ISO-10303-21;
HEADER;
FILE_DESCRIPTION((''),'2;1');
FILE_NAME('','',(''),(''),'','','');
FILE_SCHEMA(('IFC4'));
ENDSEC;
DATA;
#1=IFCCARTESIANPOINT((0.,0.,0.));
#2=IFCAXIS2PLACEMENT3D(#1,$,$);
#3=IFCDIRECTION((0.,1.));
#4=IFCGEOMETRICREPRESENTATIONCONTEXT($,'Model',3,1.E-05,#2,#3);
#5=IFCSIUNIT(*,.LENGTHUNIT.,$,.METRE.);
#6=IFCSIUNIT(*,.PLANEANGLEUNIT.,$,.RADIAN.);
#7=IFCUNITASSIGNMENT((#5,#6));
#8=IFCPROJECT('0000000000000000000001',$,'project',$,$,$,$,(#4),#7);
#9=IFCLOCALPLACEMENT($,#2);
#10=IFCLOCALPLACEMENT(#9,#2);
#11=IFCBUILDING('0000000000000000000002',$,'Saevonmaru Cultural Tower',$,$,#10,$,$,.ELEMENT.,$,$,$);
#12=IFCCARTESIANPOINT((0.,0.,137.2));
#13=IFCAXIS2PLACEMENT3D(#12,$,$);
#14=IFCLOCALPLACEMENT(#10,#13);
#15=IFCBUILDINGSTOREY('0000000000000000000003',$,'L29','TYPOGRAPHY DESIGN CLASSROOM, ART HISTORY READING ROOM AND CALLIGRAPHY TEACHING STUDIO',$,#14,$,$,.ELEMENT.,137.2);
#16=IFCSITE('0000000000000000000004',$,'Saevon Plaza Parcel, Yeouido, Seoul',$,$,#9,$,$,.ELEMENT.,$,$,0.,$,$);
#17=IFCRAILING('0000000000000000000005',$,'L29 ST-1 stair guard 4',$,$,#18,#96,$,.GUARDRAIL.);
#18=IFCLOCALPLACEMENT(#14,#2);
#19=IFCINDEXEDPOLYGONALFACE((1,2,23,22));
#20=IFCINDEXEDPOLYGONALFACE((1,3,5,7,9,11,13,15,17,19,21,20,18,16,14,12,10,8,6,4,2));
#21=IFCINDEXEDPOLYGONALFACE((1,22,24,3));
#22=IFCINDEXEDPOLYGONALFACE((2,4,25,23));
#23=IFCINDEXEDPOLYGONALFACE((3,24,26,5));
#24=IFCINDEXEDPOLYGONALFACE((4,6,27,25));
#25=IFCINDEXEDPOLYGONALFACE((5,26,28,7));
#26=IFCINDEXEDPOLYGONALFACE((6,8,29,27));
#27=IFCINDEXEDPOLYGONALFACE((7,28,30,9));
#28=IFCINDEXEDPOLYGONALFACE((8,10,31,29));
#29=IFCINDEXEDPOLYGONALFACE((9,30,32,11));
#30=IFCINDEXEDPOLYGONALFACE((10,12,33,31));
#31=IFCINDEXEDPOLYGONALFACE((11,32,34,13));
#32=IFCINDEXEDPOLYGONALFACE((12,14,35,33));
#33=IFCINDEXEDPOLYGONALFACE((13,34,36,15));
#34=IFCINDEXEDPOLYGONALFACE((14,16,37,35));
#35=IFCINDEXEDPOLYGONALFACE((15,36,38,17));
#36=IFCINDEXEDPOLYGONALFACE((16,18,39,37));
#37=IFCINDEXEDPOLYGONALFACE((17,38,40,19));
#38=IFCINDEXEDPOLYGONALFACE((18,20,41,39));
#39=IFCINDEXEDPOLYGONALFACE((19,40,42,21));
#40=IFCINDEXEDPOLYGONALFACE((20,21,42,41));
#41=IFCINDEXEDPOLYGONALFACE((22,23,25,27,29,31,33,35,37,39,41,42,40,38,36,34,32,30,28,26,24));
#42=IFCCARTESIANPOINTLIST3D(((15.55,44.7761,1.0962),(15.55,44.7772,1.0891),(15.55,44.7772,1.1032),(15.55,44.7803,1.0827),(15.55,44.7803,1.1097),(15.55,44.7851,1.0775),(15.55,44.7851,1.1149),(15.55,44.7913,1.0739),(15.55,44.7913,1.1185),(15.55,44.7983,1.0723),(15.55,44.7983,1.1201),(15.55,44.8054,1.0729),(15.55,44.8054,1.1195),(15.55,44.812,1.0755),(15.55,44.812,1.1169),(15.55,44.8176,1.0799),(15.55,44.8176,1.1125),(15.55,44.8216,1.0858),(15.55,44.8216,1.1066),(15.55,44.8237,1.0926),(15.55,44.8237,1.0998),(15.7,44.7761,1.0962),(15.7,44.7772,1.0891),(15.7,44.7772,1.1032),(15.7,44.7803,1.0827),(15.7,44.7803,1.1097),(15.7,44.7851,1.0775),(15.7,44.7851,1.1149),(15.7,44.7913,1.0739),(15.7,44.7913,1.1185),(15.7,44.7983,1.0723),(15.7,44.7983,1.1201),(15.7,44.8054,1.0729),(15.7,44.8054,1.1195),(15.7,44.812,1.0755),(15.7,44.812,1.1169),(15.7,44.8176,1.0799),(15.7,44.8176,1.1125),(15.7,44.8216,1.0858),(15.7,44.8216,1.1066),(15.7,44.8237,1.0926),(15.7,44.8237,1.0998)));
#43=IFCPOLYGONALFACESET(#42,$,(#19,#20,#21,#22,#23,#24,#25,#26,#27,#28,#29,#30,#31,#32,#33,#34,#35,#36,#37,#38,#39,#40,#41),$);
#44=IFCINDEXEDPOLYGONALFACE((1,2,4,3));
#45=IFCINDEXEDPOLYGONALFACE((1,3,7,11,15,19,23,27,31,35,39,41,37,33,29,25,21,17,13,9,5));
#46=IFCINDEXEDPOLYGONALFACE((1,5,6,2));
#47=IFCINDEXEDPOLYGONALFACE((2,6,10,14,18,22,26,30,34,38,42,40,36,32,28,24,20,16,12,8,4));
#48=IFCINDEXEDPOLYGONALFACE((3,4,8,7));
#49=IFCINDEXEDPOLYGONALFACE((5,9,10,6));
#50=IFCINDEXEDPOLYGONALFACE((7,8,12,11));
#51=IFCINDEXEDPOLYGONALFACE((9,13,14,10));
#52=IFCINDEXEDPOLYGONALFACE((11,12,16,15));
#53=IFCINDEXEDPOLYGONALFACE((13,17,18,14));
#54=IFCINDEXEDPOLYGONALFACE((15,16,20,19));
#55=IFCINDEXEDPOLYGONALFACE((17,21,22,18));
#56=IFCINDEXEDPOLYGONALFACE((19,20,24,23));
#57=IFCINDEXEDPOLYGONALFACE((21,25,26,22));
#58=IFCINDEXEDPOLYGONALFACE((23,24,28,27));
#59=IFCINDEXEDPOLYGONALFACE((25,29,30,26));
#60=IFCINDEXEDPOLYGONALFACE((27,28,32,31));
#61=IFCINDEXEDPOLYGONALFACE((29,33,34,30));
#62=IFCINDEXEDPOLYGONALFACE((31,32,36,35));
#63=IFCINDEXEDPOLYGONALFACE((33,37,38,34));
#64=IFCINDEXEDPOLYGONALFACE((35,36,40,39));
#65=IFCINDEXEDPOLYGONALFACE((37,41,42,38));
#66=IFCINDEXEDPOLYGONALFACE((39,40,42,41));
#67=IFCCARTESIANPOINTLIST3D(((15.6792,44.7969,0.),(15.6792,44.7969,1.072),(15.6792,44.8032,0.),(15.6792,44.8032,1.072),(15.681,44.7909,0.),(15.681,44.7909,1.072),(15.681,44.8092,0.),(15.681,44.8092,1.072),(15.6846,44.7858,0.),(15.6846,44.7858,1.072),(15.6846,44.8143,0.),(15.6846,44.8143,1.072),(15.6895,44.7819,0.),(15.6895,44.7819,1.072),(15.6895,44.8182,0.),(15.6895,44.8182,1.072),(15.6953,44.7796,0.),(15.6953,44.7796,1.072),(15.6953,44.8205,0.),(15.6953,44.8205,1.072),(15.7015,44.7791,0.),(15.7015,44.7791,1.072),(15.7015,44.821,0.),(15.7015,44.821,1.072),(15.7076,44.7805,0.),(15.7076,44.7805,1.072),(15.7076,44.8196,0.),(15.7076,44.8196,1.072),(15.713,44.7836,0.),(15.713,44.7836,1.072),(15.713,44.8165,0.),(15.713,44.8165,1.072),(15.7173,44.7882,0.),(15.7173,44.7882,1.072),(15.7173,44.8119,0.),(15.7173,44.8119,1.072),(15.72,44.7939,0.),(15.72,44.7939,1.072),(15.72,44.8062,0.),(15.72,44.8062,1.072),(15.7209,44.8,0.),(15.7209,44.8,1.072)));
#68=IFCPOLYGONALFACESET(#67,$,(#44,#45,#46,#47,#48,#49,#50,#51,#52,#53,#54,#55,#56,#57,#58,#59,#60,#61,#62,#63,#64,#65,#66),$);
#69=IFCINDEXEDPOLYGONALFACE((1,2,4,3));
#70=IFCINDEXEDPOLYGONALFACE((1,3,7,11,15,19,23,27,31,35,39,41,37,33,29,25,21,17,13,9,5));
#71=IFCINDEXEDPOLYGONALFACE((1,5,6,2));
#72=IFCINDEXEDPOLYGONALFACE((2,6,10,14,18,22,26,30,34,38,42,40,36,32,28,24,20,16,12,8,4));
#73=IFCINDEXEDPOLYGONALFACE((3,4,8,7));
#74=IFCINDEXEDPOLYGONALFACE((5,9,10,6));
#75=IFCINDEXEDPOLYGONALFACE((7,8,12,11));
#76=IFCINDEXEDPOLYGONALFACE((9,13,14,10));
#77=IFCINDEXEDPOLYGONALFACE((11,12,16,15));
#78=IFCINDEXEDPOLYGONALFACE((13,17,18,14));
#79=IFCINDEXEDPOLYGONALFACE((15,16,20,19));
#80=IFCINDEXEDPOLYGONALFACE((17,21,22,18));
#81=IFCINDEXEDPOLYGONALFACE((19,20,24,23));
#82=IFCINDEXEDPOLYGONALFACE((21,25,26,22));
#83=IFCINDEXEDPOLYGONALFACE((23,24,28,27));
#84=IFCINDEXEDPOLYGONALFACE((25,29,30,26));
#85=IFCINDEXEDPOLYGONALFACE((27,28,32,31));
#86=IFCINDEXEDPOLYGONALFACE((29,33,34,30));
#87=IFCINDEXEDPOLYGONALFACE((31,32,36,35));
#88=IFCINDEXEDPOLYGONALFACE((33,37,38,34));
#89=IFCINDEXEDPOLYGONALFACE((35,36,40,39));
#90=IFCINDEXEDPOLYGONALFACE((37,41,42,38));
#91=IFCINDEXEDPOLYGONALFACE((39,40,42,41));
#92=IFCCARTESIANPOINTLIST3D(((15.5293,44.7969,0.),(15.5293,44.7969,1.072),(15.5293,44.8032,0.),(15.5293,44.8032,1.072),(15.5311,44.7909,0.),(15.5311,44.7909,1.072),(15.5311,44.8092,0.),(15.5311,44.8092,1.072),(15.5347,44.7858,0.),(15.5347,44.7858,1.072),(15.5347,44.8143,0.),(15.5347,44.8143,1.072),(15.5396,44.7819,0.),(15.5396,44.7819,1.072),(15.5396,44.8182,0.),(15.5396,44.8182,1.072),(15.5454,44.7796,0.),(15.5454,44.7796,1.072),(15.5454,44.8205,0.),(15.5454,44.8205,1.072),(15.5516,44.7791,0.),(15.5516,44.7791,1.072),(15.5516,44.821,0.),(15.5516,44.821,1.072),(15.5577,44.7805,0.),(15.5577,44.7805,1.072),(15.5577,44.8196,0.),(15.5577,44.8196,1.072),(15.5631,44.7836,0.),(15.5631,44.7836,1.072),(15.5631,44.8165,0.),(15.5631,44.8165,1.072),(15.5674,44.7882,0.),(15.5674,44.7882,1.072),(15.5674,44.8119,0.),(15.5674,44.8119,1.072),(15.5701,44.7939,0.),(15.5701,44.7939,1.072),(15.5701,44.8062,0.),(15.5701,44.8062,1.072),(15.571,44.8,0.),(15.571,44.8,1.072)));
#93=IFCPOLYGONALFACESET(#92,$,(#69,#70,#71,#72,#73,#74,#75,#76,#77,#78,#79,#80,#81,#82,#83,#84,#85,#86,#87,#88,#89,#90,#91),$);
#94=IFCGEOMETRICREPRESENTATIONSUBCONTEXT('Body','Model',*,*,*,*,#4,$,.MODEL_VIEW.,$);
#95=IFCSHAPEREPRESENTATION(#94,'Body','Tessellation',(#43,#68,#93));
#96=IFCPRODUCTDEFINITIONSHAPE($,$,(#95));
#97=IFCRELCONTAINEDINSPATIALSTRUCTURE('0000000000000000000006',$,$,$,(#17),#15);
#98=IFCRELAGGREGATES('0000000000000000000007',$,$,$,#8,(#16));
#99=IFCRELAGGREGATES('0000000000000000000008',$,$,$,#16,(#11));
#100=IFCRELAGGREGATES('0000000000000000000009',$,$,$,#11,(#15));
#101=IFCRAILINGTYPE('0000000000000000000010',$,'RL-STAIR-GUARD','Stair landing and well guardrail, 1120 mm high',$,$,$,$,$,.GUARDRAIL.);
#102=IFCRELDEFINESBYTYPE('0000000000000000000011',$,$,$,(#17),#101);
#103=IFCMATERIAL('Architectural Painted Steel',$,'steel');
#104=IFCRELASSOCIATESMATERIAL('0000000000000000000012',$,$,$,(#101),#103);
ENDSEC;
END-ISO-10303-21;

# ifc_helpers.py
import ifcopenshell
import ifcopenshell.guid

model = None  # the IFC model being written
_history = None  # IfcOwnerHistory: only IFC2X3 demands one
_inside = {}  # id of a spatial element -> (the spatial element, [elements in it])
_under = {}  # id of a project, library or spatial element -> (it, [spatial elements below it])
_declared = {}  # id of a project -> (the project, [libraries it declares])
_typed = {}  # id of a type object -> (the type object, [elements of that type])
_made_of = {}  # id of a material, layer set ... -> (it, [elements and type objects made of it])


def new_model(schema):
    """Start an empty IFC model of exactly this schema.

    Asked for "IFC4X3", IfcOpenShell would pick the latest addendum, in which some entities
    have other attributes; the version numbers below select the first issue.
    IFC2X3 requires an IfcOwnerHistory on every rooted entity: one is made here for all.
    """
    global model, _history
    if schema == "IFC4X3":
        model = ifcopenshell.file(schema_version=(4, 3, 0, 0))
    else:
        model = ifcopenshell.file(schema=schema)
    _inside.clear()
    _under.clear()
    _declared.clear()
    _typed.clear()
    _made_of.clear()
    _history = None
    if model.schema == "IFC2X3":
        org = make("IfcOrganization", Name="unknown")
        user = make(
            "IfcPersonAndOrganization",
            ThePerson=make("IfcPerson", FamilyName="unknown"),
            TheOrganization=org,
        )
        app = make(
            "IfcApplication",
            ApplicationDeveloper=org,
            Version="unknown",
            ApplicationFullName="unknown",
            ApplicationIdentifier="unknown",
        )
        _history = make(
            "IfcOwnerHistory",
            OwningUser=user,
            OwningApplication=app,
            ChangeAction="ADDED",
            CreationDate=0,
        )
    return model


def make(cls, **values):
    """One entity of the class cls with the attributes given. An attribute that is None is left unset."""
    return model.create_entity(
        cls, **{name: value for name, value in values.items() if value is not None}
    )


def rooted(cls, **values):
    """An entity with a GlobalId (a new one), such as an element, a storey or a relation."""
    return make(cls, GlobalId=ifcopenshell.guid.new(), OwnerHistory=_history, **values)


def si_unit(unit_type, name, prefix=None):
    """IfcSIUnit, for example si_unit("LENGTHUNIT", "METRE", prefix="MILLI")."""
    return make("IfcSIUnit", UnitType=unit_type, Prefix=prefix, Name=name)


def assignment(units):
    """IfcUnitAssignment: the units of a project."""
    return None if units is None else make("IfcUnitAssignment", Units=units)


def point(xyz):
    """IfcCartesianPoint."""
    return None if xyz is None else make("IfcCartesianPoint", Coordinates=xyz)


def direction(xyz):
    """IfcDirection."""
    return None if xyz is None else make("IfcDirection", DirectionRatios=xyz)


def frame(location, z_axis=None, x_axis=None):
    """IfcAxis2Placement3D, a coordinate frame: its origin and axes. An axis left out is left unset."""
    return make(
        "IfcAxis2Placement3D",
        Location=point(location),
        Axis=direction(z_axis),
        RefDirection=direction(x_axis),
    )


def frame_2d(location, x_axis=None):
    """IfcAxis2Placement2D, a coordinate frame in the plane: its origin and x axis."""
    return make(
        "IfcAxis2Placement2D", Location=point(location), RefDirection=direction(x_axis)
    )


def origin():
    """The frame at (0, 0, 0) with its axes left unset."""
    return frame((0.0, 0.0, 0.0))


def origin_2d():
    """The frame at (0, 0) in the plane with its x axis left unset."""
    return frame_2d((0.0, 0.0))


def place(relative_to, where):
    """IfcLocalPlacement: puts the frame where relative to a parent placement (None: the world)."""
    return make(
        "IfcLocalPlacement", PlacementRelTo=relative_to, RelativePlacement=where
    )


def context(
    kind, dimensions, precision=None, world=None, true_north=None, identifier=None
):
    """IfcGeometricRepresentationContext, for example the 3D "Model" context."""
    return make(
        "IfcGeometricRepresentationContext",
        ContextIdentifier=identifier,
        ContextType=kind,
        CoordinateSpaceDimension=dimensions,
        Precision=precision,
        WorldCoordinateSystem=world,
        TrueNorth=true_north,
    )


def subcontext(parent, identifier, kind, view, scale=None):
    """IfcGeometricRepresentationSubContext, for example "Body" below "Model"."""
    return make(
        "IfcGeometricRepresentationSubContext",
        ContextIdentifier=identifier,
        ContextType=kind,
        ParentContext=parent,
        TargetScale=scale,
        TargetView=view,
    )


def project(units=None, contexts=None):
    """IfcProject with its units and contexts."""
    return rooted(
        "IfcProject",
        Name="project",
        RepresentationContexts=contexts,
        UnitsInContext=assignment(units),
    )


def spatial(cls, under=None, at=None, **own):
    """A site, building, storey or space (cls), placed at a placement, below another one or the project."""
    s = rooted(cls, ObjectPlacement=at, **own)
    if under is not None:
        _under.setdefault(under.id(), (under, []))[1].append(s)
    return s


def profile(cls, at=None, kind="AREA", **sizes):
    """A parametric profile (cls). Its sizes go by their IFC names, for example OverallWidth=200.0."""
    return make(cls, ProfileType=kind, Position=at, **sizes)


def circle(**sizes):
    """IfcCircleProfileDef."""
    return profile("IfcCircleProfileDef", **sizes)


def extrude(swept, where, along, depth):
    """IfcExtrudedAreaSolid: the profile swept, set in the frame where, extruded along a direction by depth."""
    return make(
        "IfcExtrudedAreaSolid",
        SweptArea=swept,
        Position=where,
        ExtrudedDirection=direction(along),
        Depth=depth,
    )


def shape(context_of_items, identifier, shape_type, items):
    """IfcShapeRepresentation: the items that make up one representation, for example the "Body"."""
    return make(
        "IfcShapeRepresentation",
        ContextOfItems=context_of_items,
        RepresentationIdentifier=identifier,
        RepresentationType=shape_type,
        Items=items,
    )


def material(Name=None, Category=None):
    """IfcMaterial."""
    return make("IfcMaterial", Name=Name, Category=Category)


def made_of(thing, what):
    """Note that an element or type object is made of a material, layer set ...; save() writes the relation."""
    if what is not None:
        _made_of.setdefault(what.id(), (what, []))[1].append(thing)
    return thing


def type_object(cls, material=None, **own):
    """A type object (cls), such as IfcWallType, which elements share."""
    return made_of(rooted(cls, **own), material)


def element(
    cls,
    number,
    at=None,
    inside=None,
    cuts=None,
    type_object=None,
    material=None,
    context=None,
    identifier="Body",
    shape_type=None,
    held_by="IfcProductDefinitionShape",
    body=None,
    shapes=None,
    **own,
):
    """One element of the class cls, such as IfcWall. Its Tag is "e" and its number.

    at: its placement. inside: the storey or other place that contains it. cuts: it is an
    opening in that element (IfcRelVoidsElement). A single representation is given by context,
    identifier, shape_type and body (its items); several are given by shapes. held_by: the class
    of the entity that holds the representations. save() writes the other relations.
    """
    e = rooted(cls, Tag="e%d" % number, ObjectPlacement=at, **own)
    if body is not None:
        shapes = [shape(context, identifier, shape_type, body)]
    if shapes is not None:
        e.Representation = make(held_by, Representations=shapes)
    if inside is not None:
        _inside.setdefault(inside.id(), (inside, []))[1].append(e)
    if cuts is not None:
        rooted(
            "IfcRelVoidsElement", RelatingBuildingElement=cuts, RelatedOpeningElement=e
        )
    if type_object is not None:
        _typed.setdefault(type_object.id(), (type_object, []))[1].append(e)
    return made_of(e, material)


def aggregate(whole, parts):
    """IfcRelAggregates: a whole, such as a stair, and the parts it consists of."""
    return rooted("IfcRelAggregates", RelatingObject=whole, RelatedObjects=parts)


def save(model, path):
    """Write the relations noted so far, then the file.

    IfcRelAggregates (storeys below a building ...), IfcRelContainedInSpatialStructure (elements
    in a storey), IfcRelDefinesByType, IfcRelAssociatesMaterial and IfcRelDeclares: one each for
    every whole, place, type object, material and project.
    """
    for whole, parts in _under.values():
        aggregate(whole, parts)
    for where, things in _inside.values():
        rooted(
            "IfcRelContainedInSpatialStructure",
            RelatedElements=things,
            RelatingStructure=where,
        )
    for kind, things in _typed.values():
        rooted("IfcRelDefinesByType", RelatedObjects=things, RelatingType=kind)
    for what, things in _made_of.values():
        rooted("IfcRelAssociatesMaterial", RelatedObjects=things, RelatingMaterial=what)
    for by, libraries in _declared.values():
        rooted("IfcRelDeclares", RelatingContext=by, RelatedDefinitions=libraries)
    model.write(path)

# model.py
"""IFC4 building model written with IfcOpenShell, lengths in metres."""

from ifc_helpers import new_model, si_unit, direction, frame, origin, origin_2d, place, context, subcontext, project, spatial, circle, extrude, material, type_object, element, save


model = new_model("IFC4")

# Units and contexts
model_context = context("Model", 3, precision=1e-05, world=origin(), true_north=direction((0.0, 1.0)))
body_context = subcontext(model_context, "Body", "Model", "MODEL_VIEW")
ifc_project = project(units=[si_unit("LENGTHUNIT", "METRE"), si_unit("PLANEANGLEUNIT", "RADIAN")], contexts=[model_context])

# Site, building, storey
site_placement = place(None, origin())
site = spatial("IfcSite", under=ifc_project, at=site_placement, Name="Saevon Plaza Parcel, Yeouido, Seoul", CompositionType="ELEMENT", RefElevation=0.0)
building_placement = place(site_placement, origin())
building = spatial("IfcBuilding", under=site, at=building_placement, Name="Saevonmaru Cultural Tower", CompositionType="ELEMENT")
storey_placement = place(building_placement, frame((0.0, 0.0, 137.2)))
storey = spatial("IfcBuildingStorey", under=building, at=storey_placement, Name="L29", Description="TYPOGRAPHY DESIGN CLASSROOM, ART HISTORY READING ROOM AND CALLIGRAPHY TEACHING STUDIO", CompositionType="ELEMENT", Elevation=137.2)

# Railing
ifc_material_1 = material(Name="Architectural Painted Steel", Category="steel")
railing_type_1 = type_object("IfcRailingType", Name="RL-STAIR-GUARD", Description="Stair landing and well guardrail, 1120 mm high", PredefinedType="GUARDRAIL", material=ifc_material_1)
railing_1_placement = place(storey_placement, frame((15.7, 44.8, 0.0)))
element("IfcRailing", 1, at=railing_1_placement, inside=storey, type_object=railing_type_1, Name="L29 ST-1 stair guard 4", PredefinedType="GUARDRAIL", context=body_context, shape_type="SweptSolid", body=[
    extrude(circle(Radius=0.0239, at=origin_2d()), frame((0.0, 0.0, 1.0962), z_axis=(-1.0, 0.0, 0.0), x_axis=(0.0, -1.0, 0.0)), (0.0, 0.0, 1.0), 0.1499),
    extrude(circle(Radius=0.021, at=origin_2d()), origin(), (0.0, 0.0, 1.0), 1.072),
    extrude(circle(Radius=0.021, at=origin_2d()), frame((-0.1499, 0.0, 0.0)), (0.0, 0.0, 1.0), 1.072),
])

save(model, "model.ifc")
